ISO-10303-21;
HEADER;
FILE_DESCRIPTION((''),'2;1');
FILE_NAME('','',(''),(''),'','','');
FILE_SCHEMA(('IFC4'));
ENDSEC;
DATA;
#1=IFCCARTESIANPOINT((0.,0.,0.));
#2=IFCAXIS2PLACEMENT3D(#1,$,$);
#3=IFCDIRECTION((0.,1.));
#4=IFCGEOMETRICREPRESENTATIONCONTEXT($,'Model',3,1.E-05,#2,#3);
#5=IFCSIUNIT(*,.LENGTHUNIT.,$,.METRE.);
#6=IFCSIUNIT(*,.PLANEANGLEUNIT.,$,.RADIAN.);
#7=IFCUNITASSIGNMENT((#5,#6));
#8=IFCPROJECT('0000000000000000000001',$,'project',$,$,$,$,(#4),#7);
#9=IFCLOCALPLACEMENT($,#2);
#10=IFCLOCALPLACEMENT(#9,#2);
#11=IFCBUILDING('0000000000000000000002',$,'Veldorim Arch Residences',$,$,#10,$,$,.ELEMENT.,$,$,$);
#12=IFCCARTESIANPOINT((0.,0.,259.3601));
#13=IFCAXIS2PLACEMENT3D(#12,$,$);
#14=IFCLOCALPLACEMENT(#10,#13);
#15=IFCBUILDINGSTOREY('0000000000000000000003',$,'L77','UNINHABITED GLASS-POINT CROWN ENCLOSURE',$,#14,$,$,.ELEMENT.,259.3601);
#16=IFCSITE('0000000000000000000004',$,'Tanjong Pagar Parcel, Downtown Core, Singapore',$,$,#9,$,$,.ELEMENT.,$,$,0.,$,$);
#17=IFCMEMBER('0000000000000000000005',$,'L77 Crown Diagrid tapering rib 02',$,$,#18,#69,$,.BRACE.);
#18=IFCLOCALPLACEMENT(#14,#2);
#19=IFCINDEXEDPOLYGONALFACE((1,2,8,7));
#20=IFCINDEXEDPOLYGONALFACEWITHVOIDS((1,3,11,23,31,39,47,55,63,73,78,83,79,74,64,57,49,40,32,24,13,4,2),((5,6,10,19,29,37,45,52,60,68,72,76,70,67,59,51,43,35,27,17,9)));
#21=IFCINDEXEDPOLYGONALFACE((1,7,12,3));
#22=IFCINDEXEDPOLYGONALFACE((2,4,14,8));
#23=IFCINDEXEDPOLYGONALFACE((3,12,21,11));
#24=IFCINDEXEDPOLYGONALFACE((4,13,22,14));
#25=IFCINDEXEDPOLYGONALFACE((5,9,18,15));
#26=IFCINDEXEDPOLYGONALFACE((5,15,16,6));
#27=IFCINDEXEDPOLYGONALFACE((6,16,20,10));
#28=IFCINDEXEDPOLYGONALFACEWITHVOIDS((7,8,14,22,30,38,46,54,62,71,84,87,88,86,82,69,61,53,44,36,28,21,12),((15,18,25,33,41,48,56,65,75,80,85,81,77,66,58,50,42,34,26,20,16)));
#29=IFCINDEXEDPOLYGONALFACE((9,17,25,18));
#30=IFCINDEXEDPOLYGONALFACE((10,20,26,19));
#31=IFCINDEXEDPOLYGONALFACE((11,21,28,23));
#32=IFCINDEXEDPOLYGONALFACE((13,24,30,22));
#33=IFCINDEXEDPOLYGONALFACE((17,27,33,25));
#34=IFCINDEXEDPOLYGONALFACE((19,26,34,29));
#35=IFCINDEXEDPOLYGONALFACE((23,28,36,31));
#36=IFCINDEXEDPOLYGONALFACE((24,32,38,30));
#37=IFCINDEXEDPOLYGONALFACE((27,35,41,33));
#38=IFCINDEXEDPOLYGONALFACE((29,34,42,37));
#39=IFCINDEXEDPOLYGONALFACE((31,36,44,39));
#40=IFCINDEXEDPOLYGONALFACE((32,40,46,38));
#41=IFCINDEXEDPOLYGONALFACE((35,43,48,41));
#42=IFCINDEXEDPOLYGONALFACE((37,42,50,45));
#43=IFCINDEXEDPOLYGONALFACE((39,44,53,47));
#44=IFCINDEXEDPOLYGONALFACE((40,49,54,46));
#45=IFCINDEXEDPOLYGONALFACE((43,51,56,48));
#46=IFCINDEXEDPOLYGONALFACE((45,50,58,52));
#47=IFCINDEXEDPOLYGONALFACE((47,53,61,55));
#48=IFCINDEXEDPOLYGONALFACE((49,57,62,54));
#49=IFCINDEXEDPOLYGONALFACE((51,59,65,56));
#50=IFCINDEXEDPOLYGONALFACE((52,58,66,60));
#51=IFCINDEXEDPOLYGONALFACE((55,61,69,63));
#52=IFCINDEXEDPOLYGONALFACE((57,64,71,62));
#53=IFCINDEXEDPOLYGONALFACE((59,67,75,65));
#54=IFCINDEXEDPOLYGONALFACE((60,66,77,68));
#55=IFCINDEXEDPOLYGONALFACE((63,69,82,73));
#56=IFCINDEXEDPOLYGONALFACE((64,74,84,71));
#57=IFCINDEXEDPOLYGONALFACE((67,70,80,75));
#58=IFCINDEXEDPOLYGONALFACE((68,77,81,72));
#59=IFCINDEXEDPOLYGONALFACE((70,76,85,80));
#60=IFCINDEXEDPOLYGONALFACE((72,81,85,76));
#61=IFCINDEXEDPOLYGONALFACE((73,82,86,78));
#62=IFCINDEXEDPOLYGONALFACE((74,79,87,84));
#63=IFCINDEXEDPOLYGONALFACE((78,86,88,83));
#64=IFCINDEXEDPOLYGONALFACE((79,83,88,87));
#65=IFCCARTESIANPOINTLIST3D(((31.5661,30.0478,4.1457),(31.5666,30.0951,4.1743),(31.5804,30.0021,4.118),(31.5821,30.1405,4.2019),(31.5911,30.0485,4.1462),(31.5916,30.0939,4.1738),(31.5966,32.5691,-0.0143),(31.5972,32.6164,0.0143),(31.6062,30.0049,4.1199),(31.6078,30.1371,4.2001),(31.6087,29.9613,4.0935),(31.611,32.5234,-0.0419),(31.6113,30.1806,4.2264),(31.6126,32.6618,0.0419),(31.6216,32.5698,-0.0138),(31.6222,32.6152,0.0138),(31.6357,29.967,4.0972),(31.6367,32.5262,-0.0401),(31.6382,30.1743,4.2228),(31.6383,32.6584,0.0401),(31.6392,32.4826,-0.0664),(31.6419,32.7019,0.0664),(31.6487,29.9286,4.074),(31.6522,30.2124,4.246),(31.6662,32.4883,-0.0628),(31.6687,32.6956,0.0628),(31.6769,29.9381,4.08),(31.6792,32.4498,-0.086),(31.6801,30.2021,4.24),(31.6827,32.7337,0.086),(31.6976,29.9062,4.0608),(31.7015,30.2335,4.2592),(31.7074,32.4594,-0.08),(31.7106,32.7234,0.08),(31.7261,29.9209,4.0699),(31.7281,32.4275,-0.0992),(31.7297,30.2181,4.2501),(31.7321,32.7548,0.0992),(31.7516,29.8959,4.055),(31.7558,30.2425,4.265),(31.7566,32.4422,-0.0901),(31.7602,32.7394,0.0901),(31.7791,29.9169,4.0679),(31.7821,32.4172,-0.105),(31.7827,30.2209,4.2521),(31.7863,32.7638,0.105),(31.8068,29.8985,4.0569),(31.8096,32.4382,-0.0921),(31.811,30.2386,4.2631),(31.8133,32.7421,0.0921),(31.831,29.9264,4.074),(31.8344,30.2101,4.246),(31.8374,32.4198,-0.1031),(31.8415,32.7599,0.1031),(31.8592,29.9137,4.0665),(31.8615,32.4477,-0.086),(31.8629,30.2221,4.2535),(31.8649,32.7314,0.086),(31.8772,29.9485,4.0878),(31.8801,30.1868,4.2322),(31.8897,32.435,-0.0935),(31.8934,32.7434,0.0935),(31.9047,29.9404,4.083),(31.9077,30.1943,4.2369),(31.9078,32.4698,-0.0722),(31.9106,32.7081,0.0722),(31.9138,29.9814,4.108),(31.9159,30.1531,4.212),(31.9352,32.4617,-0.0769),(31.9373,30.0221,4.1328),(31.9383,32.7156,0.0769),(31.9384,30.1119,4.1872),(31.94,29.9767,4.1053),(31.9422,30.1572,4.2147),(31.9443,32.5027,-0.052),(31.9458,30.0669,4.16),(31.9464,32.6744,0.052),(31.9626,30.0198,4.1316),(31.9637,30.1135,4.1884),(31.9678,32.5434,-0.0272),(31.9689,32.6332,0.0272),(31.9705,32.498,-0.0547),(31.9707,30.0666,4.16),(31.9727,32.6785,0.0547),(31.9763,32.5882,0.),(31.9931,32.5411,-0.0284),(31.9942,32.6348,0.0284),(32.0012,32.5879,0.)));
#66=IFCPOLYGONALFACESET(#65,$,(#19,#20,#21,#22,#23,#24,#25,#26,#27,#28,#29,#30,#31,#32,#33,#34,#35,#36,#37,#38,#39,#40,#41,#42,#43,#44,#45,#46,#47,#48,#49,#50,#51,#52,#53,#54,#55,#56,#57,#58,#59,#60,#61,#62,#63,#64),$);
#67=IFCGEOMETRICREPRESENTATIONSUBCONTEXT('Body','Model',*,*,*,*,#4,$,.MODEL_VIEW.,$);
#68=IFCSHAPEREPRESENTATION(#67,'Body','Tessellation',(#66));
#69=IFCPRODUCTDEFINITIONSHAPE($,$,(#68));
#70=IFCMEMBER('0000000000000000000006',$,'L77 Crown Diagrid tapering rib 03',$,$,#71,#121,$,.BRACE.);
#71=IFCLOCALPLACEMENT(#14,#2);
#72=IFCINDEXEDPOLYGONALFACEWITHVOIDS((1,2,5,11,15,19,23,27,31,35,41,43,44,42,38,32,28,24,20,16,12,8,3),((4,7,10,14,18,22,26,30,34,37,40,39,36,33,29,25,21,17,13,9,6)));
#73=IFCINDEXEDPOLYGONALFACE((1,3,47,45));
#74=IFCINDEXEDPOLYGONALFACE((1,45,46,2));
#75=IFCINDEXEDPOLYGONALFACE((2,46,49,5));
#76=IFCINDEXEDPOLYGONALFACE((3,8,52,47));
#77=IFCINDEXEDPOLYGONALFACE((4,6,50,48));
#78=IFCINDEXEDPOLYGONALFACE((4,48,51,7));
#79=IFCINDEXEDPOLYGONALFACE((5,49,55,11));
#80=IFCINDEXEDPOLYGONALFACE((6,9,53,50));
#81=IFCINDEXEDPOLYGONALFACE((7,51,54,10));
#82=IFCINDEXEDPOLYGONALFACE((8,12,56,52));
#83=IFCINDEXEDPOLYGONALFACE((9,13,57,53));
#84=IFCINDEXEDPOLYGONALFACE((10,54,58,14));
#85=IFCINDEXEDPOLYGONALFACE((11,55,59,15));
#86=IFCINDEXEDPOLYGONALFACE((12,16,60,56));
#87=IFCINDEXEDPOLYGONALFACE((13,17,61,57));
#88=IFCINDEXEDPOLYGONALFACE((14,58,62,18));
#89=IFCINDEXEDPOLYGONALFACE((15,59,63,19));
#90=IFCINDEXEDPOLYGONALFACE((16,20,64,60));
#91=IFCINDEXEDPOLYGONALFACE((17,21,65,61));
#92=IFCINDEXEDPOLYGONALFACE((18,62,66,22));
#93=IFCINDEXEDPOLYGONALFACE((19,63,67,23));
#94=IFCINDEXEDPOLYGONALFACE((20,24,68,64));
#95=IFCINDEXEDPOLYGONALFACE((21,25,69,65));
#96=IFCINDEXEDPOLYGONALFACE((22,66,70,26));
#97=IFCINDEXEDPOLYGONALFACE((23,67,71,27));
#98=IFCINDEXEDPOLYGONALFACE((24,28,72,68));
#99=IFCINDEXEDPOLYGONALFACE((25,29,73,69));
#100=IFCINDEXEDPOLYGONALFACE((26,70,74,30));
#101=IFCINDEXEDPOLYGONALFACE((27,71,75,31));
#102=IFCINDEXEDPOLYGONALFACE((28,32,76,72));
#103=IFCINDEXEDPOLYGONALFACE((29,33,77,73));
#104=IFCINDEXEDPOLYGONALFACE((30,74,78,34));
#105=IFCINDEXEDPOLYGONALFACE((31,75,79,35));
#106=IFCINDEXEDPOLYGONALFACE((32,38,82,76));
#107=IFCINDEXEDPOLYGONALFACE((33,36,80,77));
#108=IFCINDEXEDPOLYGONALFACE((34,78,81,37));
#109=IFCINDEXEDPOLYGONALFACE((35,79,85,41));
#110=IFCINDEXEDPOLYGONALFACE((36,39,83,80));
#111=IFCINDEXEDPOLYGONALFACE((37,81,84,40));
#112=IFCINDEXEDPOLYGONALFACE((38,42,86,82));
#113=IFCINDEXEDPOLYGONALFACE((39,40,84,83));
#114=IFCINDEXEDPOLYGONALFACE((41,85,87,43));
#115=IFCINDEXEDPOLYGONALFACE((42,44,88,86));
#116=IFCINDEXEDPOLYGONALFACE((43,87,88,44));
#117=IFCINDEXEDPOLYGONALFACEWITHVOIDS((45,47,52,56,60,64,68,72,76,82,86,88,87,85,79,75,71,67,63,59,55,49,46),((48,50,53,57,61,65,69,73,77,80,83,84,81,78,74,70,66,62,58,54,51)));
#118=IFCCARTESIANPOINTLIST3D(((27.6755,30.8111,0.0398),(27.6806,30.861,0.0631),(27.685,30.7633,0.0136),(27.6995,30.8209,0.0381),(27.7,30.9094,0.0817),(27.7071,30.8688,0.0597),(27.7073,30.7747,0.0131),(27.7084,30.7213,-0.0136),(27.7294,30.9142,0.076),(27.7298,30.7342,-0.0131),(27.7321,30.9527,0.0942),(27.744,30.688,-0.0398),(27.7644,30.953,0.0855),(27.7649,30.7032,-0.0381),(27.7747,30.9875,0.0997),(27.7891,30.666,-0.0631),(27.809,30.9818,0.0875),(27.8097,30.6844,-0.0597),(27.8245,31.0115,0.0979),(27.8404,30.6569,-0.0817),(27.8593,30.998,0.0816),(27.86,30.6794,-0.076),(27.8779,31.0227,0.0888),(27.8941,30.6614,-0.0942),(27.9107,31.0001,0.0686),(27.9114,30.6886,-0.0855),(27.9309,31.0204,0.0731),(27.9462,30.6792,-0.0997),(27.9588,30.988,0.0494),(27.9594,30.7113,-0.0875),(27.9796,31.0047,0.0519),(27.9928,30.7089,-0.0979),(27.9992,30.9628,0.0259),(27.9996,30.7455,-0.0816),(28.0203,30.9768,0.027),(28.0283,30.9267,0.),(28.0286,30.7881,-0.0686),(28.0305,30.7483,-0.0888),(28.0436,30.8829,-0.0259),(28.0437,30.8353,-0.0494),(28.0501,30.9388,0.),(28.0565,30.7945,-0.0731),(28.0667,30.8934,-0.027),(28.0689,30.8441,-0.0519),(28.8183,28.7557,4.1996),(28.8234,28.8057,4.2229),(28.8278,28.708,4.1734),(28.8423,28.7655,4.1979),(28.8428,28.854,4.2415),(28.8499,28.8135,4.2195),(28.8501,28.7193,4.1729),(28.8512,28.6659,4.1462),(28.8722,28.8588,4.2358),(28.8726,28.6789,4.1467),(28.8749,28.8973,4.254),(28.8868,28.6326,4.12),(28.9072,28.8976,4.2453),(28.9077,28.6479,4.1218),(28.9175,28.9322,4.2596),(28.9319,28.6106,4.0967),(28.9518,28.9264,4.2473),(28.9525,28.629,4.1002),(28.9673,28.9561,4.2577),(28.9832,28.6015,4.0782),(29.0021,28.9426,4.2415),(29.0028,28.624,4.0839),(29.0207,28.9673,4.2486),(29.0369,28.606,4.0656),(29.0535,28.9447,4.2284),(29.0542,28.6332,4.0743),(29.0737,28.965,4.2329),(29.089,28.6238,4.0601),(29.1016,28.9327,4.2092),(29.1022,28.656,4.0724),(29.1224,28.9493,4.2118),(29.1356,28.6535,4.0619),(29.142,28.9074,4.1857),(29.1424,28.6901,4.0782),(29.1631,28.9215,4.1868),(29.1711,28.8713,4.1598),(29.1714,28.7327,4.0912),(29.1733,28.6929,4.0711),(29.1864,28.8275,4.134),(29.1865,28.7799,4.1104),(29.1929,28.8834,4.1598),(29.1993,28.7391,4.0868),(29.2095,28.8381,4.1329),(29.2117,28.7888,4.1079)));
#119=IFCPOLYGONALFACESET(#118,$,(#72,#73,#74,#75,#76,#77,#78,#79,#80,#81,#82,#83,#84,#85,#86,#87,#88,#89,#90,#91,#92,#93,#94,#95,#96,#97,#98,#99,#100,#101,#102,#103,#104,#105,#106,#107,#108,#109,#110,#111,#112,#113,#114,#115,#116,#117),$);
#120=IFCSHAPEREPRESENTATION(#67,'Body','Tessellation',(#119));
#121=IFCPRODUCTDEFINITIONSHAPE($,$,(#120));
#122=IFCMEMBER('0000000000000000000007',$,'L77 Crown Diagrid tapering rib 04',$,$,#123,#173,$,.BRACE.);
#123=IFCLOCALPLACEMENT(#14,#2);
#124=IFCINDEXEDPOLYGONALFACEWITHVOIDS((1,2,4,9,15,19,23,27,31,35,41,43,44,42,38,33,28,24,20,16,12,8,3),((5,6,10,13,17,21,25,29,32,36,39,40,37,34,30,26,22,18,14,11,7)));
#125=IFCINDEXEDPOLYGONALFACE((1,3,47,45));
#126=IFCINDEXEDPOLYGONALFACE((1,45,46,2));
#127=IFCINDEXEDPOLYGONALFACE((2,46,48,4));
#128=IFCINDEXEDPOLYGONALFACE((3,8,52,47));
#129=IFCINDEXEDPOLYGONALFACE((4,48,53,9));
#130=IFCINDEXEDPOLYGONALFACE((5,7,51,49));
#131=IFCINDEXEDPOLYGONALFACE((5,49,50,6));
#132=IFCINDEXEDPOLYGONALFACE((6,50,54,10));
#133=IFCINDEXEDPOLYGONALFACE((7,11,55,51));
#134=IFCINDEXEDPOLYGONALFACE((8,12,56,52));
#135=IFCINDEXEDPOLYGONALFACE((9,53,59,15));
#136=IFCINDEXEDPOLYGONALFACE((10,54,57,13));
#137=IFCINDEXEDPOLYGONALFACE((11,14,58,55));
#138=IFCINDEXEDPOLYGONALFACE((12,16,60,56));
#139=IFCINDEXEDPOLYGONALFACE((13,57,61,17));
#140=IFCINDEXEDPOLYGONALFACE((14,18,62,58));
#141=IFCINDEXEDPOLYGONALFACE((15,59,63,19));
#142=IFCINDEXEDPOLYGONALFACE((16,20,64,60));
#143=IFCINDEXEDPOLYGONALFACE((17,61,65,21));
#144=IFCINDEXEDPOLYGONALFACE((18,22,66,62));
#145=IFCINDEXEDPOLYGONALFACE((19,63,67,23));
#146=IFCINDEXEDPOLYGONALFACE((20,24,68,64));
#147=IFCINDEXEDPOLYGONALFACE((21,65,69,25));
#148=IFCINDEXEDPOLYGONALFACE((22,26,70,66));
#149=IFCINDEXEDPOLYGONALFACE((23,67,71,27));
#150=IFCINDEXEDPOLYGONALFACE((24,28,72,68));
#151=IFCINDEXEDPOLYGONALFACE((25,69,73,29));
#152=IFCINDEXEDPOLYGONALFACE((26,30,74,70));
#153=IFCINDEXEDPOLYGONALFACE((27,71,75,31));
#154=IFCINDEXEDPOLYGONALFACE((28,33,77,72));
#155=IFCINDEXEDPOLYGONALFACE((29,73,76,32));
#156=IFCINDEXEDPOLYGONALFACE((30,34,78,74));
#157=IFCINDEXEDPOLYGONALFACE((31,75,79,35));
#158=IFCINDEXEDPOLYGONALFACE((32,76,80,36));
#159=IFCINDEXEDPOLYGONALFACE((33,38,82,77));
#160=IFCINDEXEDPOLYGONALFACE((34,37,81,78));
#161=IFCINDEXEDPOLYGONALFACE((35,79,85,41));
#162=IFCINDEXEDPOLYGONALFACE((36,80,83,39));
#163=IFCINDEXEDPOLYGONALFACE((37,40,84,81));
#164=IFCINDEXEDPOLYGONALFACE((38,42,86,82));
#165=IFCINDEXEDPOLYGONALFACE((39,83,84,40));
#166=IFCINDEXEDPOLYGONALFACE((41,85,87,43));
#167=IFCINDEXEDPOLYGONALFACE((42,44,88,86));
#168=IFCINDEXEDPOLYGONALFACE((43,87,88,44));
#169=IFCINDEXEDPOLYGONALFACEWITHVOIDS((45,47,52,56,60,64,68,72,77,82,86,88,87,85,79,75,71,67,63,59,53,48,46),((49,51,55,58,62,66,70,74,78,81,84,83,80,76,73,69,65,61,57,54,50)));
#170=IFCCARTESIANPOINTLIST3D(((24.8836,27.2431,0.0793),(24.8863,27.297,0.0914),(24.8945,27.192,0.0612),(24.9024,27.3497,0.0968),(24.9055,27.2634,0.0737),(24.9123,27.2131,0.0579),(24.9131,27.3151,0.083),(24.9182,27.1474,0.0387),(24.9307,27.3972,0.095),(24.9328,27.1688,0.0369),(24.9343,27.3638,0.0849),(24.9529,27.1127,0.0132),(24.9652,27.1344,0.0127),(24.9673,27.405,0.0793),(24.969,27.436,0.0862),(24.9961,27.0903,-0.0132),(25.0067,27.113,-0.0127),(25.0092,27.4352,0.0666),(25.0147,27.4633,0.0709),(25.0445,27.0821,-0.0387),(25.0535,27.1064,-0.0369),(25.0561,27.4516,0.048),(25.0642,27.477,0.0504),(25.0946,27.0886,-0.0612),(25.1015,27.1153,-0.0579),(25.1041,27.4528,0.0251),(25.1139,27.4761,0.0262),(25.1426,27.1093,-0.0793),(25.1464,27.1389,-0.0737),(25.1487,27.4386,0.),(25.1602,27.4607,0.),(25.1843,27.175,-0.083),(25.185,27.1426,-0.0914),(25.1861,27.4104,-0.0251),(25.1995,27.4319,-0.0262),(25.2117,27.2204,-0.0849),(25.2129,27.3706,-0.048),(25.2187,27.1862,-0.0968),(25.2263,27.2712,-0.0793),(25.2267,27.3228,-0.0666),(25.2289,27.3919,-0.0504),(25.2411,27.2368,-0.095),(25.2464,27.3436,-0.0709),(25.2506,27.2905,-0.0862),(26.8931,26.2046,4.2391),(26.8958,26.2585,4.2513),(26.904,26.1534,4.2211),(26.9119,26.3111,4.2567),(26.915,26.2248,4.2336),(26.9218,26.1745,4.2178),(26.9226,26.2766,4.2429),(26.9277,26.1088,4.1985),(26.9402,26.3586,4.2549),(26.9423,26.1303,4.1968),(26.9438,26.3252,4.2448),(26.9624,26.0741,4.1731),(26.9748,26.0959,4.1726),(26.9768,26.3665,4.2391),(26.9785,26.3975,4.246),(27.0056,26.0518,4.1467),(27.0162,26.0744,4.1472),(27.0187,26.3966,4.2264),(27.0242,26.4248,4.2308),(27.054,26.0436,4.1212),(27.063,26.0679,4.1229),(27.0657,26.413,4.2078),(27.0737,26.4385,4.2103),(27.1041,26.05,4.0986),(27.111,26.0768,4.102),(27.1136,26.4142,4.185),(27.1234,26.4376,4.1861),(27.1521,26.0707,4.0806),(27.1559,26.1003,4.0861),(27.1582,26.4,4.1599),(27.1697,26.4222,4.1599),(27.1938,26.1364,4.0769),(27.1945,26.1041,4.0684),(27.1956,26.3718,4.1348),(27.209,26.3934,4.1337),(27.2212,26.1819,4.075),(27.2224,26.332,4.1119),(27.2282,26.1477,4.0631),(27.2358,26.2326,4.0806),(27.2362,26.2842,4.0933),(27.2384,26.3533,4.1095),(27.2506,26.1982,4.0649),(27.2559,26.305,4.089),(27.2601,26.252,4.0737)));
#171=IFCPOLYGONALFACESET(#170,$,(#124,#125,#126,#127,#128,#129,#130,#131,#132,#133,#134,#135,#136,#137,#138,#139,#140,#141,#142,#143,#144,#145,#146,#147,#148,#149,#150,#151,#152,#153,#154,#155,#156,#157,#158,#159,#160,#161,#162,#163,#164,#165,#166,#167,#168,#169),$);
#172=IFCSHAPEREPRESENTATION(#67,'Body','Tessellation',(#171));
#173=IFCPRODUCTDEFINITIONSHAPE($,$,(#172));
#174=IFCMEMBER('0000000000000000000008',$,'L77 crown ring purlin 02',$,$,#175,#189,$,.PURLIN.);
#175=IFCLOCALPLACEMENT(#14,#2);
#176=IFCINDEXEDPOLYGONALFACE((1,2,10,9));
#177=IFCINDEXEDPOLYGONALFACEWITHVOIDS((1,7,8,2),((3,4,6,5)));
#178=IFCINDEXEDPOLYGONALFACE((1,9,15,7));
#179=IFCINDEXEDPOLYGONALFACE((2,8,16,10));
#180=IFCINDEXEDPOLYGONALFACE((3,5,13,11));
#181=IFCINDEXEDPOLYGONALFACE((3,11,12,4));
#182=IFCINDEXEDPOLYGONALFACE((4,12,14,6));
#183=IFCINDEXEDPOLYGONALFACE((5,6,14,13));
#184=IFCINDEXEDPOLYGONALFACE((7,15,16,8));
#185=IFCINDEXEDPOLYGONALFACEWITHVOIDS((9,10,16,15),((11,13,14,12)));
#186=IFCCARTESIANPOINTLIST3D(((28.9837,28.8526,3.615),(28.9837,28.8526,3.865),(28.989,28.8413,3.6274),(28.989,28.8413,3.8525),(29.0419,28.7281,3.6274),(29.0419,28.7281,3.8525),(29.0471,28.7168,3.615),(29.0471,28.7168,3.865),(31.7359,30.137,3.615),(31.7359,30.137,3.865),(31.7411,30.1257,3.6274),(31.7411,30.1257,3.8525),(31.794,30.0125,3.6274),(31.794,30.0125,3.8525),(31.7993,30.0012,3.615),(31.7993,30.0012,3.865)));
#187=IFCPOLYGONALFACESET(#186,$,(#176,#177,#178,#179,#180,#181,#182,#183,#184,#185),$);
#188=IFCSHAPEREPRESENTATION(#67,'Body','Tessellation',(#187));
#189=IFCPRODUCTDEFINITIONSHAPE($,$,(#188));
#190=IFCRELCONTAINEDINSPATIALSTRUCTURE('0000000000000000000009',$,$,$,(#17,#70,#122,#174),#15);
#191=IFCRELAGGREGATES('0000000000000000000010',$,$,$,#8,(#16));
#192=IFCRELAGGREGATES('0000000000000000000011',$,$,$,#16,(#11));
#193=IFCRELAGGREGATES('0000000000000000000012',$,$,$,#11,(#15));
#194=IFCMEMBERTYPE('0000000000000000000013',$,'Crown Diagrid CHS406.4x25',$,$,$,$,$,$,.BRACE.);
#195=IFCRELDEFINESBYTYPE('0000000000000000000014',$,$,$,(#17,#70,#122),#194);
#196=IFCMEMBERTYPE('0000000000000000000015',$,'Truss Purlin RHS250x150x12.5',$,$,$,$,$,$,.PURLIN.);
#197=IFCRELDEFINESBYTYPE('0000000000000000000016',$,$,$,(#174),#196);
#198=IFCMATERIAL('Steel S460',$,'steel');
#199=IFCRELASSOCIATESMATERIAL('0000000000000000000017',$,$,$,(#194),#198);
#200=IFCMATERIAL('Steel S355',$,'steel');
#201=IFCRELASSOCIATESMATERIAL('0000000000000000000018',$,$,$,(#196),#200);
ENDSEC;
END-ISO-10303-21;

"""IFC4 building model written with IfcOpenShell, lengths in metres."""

from ifc_helpers import new_model, si_unit, direction, frame, origin, origin_2d, place, context, subcontext, project, spatial, hollow_rectangle, hollow_circle, extrude, material, material_profile, profile_set, type_object, element, save


model = new_model("IFC4")

# Units and contexts
model_context = context("Model", 3, precision=1e-05, world=origin(), true_north=direction((0.0, 1.0)))
body_context = subcontext(model_context, "Body", "Model", "MODEL_VIEW")
ifc_project = project(units=[si_unit("LENGTHUNIT", "METRE"), si_unit("PLANEANGLEUNIT", "RADIAN")], contexts=[model_context])

# Site, building, storey
site_placement = place(None, origin())
site = spatial("IfcSite", under=ifc_project, at=site_placement, Name="Tanjong Pagar Parcel, Downtown Core, Singapore", CompositionType="ELEMENT", RefElevation=0.0)
building_placement = place(site_placement, origin())
building = spatial("IfcBuilding", under=site, at=building_placement, Name="Veldorim Arch Residences", CompositionType="ELEMENT")
storey_placement = place(building_placement, frame((0.0, 0.0, 259.3601)))
storey = spatial("IfcBuildingStorey", under=building, at=storey_placement, Name="L77", Description="UNINHABITED GLASS-POINT CROWN ENCLOSURE", CompositionType="ELEMENT", Elevation=259.3601)

# Members
ifc_material_1 = material(Name="Steel S460", Category="steel")
ifc_material_profile_1 = material_profile(ifc_material_1, hollow_circle(Radius=0.2031, WallThickness=0.0249, at=origin_2d()), Name="CHS406.4x25")
ifc_profile_set_1 = profile_set([ifc_material_profile_1], Name="Steel S460")
member_type_1 = type_object("IfcMemberType", Name="Crown Diagrid CHS406.4x25", PredefinedType="BRACE", material=ifc_profile_set_1)
member_1_placement = place(storey_placement, frame((31.7981, 32.5903, 0.0), z_axis=(-0.006274, -0.518304, 0.855174), x_axis=(0.999927, -0.012103, 0.0)))
element("IfcMember", 1, at=member_1_placement, inside=storey, type_object=member_type_1, Name="L77 Crown Diagrid tapering rib 02", PredefinedType="BRACE", context=body_context, shape_type="SweptSolid", body=[
    extrude(hollow_circle(Radius=0.2031, WallThickness=0.0249, at=origin_2d()), origin(), (0.0, 0.0, 1.0), 4.8645),
])
member_2_placement = place(storey_placement, frame((27.8726, 30.8401, 0.0), z_axis=(0.239151, -0.430124, 0.870517), x_axis=(0.873991, 0.485943, 0.0)))
element("IfcMember", 2, at=member_2_placement, inside=storey, type_object=member_type_1, Name="L77 Crown Diagrid tapering rib 03", PredefinedType="BRACE", context=body_context, shape_type="SweptSolid", body=[
    extrude(hollow_circle(Radius=0.2031, WallThickness=0.0249, at=origin_2d()), origin(), (0.0, 0.0, 1.0), 4.7786),
])
member_3_placement = place(storey_placement, frame((25.0669, 27.2803, 0.0), z_axis=(0.424384, -0.219333, 0.878517), x_axis=(0.459132, 0.888368, 0.0)))
element("IfcMember", 3, at=member_3_placement, inside=storey, type_object=member_type_1, Name="L77 Crown Diagrid tapering rib 04", PredefinedType="BRACE", context=body_context, shape_type="SweptSolid", body=[
    extrude(hollow_circle(Radius=0.2031, WallThickness=0.0249, at=origin_2d()), origin(), (0.0, 0.0, 1.0), 4.7351),
])
ifc_material_2 = material(Name="Steel S355", Category="steel")
ifc_material_profile_2 = material_profile(ifc_material_2, hollow_rectangle(XDim=0.1499, YDim=0.25, WallThickness=0.0125, at=origin_2d()), Name="RHS250x150x12.5")
ifc_profile_set_2 = profile_set([ifc_material_profile_2], Name="Steel S355")
member_type_2 = type_object("IfcMemberType", Name="Truss Purlin RHS250x150x12.5", PredefinedType="PURLIN", material=ifc_profile_set_2)
member_4_placement = place(storey_placement, frame((31.7676, 30.0691, 3.74), z_axis=(-0.906175, -0.422903, 0.0), x_axis=(0.422903, -0.906175, 0.0)))
element("IfcMember", 4, at=member_4_placement, inside=storey, type_object=member_type_2, Name="L77 crown ring purlin 02", PredefinedType="PURLIN", context=body_context, shape_type="SweptSolid", body=[
    extrude(hollow_rectangle(XDim=0.1499, YDim=0.25, WallThickness=0.0125, at=origin_2d()), origin(), (0.0, 0.0, 1.0), 3.0371),
])

save(model, "model.ifc")
